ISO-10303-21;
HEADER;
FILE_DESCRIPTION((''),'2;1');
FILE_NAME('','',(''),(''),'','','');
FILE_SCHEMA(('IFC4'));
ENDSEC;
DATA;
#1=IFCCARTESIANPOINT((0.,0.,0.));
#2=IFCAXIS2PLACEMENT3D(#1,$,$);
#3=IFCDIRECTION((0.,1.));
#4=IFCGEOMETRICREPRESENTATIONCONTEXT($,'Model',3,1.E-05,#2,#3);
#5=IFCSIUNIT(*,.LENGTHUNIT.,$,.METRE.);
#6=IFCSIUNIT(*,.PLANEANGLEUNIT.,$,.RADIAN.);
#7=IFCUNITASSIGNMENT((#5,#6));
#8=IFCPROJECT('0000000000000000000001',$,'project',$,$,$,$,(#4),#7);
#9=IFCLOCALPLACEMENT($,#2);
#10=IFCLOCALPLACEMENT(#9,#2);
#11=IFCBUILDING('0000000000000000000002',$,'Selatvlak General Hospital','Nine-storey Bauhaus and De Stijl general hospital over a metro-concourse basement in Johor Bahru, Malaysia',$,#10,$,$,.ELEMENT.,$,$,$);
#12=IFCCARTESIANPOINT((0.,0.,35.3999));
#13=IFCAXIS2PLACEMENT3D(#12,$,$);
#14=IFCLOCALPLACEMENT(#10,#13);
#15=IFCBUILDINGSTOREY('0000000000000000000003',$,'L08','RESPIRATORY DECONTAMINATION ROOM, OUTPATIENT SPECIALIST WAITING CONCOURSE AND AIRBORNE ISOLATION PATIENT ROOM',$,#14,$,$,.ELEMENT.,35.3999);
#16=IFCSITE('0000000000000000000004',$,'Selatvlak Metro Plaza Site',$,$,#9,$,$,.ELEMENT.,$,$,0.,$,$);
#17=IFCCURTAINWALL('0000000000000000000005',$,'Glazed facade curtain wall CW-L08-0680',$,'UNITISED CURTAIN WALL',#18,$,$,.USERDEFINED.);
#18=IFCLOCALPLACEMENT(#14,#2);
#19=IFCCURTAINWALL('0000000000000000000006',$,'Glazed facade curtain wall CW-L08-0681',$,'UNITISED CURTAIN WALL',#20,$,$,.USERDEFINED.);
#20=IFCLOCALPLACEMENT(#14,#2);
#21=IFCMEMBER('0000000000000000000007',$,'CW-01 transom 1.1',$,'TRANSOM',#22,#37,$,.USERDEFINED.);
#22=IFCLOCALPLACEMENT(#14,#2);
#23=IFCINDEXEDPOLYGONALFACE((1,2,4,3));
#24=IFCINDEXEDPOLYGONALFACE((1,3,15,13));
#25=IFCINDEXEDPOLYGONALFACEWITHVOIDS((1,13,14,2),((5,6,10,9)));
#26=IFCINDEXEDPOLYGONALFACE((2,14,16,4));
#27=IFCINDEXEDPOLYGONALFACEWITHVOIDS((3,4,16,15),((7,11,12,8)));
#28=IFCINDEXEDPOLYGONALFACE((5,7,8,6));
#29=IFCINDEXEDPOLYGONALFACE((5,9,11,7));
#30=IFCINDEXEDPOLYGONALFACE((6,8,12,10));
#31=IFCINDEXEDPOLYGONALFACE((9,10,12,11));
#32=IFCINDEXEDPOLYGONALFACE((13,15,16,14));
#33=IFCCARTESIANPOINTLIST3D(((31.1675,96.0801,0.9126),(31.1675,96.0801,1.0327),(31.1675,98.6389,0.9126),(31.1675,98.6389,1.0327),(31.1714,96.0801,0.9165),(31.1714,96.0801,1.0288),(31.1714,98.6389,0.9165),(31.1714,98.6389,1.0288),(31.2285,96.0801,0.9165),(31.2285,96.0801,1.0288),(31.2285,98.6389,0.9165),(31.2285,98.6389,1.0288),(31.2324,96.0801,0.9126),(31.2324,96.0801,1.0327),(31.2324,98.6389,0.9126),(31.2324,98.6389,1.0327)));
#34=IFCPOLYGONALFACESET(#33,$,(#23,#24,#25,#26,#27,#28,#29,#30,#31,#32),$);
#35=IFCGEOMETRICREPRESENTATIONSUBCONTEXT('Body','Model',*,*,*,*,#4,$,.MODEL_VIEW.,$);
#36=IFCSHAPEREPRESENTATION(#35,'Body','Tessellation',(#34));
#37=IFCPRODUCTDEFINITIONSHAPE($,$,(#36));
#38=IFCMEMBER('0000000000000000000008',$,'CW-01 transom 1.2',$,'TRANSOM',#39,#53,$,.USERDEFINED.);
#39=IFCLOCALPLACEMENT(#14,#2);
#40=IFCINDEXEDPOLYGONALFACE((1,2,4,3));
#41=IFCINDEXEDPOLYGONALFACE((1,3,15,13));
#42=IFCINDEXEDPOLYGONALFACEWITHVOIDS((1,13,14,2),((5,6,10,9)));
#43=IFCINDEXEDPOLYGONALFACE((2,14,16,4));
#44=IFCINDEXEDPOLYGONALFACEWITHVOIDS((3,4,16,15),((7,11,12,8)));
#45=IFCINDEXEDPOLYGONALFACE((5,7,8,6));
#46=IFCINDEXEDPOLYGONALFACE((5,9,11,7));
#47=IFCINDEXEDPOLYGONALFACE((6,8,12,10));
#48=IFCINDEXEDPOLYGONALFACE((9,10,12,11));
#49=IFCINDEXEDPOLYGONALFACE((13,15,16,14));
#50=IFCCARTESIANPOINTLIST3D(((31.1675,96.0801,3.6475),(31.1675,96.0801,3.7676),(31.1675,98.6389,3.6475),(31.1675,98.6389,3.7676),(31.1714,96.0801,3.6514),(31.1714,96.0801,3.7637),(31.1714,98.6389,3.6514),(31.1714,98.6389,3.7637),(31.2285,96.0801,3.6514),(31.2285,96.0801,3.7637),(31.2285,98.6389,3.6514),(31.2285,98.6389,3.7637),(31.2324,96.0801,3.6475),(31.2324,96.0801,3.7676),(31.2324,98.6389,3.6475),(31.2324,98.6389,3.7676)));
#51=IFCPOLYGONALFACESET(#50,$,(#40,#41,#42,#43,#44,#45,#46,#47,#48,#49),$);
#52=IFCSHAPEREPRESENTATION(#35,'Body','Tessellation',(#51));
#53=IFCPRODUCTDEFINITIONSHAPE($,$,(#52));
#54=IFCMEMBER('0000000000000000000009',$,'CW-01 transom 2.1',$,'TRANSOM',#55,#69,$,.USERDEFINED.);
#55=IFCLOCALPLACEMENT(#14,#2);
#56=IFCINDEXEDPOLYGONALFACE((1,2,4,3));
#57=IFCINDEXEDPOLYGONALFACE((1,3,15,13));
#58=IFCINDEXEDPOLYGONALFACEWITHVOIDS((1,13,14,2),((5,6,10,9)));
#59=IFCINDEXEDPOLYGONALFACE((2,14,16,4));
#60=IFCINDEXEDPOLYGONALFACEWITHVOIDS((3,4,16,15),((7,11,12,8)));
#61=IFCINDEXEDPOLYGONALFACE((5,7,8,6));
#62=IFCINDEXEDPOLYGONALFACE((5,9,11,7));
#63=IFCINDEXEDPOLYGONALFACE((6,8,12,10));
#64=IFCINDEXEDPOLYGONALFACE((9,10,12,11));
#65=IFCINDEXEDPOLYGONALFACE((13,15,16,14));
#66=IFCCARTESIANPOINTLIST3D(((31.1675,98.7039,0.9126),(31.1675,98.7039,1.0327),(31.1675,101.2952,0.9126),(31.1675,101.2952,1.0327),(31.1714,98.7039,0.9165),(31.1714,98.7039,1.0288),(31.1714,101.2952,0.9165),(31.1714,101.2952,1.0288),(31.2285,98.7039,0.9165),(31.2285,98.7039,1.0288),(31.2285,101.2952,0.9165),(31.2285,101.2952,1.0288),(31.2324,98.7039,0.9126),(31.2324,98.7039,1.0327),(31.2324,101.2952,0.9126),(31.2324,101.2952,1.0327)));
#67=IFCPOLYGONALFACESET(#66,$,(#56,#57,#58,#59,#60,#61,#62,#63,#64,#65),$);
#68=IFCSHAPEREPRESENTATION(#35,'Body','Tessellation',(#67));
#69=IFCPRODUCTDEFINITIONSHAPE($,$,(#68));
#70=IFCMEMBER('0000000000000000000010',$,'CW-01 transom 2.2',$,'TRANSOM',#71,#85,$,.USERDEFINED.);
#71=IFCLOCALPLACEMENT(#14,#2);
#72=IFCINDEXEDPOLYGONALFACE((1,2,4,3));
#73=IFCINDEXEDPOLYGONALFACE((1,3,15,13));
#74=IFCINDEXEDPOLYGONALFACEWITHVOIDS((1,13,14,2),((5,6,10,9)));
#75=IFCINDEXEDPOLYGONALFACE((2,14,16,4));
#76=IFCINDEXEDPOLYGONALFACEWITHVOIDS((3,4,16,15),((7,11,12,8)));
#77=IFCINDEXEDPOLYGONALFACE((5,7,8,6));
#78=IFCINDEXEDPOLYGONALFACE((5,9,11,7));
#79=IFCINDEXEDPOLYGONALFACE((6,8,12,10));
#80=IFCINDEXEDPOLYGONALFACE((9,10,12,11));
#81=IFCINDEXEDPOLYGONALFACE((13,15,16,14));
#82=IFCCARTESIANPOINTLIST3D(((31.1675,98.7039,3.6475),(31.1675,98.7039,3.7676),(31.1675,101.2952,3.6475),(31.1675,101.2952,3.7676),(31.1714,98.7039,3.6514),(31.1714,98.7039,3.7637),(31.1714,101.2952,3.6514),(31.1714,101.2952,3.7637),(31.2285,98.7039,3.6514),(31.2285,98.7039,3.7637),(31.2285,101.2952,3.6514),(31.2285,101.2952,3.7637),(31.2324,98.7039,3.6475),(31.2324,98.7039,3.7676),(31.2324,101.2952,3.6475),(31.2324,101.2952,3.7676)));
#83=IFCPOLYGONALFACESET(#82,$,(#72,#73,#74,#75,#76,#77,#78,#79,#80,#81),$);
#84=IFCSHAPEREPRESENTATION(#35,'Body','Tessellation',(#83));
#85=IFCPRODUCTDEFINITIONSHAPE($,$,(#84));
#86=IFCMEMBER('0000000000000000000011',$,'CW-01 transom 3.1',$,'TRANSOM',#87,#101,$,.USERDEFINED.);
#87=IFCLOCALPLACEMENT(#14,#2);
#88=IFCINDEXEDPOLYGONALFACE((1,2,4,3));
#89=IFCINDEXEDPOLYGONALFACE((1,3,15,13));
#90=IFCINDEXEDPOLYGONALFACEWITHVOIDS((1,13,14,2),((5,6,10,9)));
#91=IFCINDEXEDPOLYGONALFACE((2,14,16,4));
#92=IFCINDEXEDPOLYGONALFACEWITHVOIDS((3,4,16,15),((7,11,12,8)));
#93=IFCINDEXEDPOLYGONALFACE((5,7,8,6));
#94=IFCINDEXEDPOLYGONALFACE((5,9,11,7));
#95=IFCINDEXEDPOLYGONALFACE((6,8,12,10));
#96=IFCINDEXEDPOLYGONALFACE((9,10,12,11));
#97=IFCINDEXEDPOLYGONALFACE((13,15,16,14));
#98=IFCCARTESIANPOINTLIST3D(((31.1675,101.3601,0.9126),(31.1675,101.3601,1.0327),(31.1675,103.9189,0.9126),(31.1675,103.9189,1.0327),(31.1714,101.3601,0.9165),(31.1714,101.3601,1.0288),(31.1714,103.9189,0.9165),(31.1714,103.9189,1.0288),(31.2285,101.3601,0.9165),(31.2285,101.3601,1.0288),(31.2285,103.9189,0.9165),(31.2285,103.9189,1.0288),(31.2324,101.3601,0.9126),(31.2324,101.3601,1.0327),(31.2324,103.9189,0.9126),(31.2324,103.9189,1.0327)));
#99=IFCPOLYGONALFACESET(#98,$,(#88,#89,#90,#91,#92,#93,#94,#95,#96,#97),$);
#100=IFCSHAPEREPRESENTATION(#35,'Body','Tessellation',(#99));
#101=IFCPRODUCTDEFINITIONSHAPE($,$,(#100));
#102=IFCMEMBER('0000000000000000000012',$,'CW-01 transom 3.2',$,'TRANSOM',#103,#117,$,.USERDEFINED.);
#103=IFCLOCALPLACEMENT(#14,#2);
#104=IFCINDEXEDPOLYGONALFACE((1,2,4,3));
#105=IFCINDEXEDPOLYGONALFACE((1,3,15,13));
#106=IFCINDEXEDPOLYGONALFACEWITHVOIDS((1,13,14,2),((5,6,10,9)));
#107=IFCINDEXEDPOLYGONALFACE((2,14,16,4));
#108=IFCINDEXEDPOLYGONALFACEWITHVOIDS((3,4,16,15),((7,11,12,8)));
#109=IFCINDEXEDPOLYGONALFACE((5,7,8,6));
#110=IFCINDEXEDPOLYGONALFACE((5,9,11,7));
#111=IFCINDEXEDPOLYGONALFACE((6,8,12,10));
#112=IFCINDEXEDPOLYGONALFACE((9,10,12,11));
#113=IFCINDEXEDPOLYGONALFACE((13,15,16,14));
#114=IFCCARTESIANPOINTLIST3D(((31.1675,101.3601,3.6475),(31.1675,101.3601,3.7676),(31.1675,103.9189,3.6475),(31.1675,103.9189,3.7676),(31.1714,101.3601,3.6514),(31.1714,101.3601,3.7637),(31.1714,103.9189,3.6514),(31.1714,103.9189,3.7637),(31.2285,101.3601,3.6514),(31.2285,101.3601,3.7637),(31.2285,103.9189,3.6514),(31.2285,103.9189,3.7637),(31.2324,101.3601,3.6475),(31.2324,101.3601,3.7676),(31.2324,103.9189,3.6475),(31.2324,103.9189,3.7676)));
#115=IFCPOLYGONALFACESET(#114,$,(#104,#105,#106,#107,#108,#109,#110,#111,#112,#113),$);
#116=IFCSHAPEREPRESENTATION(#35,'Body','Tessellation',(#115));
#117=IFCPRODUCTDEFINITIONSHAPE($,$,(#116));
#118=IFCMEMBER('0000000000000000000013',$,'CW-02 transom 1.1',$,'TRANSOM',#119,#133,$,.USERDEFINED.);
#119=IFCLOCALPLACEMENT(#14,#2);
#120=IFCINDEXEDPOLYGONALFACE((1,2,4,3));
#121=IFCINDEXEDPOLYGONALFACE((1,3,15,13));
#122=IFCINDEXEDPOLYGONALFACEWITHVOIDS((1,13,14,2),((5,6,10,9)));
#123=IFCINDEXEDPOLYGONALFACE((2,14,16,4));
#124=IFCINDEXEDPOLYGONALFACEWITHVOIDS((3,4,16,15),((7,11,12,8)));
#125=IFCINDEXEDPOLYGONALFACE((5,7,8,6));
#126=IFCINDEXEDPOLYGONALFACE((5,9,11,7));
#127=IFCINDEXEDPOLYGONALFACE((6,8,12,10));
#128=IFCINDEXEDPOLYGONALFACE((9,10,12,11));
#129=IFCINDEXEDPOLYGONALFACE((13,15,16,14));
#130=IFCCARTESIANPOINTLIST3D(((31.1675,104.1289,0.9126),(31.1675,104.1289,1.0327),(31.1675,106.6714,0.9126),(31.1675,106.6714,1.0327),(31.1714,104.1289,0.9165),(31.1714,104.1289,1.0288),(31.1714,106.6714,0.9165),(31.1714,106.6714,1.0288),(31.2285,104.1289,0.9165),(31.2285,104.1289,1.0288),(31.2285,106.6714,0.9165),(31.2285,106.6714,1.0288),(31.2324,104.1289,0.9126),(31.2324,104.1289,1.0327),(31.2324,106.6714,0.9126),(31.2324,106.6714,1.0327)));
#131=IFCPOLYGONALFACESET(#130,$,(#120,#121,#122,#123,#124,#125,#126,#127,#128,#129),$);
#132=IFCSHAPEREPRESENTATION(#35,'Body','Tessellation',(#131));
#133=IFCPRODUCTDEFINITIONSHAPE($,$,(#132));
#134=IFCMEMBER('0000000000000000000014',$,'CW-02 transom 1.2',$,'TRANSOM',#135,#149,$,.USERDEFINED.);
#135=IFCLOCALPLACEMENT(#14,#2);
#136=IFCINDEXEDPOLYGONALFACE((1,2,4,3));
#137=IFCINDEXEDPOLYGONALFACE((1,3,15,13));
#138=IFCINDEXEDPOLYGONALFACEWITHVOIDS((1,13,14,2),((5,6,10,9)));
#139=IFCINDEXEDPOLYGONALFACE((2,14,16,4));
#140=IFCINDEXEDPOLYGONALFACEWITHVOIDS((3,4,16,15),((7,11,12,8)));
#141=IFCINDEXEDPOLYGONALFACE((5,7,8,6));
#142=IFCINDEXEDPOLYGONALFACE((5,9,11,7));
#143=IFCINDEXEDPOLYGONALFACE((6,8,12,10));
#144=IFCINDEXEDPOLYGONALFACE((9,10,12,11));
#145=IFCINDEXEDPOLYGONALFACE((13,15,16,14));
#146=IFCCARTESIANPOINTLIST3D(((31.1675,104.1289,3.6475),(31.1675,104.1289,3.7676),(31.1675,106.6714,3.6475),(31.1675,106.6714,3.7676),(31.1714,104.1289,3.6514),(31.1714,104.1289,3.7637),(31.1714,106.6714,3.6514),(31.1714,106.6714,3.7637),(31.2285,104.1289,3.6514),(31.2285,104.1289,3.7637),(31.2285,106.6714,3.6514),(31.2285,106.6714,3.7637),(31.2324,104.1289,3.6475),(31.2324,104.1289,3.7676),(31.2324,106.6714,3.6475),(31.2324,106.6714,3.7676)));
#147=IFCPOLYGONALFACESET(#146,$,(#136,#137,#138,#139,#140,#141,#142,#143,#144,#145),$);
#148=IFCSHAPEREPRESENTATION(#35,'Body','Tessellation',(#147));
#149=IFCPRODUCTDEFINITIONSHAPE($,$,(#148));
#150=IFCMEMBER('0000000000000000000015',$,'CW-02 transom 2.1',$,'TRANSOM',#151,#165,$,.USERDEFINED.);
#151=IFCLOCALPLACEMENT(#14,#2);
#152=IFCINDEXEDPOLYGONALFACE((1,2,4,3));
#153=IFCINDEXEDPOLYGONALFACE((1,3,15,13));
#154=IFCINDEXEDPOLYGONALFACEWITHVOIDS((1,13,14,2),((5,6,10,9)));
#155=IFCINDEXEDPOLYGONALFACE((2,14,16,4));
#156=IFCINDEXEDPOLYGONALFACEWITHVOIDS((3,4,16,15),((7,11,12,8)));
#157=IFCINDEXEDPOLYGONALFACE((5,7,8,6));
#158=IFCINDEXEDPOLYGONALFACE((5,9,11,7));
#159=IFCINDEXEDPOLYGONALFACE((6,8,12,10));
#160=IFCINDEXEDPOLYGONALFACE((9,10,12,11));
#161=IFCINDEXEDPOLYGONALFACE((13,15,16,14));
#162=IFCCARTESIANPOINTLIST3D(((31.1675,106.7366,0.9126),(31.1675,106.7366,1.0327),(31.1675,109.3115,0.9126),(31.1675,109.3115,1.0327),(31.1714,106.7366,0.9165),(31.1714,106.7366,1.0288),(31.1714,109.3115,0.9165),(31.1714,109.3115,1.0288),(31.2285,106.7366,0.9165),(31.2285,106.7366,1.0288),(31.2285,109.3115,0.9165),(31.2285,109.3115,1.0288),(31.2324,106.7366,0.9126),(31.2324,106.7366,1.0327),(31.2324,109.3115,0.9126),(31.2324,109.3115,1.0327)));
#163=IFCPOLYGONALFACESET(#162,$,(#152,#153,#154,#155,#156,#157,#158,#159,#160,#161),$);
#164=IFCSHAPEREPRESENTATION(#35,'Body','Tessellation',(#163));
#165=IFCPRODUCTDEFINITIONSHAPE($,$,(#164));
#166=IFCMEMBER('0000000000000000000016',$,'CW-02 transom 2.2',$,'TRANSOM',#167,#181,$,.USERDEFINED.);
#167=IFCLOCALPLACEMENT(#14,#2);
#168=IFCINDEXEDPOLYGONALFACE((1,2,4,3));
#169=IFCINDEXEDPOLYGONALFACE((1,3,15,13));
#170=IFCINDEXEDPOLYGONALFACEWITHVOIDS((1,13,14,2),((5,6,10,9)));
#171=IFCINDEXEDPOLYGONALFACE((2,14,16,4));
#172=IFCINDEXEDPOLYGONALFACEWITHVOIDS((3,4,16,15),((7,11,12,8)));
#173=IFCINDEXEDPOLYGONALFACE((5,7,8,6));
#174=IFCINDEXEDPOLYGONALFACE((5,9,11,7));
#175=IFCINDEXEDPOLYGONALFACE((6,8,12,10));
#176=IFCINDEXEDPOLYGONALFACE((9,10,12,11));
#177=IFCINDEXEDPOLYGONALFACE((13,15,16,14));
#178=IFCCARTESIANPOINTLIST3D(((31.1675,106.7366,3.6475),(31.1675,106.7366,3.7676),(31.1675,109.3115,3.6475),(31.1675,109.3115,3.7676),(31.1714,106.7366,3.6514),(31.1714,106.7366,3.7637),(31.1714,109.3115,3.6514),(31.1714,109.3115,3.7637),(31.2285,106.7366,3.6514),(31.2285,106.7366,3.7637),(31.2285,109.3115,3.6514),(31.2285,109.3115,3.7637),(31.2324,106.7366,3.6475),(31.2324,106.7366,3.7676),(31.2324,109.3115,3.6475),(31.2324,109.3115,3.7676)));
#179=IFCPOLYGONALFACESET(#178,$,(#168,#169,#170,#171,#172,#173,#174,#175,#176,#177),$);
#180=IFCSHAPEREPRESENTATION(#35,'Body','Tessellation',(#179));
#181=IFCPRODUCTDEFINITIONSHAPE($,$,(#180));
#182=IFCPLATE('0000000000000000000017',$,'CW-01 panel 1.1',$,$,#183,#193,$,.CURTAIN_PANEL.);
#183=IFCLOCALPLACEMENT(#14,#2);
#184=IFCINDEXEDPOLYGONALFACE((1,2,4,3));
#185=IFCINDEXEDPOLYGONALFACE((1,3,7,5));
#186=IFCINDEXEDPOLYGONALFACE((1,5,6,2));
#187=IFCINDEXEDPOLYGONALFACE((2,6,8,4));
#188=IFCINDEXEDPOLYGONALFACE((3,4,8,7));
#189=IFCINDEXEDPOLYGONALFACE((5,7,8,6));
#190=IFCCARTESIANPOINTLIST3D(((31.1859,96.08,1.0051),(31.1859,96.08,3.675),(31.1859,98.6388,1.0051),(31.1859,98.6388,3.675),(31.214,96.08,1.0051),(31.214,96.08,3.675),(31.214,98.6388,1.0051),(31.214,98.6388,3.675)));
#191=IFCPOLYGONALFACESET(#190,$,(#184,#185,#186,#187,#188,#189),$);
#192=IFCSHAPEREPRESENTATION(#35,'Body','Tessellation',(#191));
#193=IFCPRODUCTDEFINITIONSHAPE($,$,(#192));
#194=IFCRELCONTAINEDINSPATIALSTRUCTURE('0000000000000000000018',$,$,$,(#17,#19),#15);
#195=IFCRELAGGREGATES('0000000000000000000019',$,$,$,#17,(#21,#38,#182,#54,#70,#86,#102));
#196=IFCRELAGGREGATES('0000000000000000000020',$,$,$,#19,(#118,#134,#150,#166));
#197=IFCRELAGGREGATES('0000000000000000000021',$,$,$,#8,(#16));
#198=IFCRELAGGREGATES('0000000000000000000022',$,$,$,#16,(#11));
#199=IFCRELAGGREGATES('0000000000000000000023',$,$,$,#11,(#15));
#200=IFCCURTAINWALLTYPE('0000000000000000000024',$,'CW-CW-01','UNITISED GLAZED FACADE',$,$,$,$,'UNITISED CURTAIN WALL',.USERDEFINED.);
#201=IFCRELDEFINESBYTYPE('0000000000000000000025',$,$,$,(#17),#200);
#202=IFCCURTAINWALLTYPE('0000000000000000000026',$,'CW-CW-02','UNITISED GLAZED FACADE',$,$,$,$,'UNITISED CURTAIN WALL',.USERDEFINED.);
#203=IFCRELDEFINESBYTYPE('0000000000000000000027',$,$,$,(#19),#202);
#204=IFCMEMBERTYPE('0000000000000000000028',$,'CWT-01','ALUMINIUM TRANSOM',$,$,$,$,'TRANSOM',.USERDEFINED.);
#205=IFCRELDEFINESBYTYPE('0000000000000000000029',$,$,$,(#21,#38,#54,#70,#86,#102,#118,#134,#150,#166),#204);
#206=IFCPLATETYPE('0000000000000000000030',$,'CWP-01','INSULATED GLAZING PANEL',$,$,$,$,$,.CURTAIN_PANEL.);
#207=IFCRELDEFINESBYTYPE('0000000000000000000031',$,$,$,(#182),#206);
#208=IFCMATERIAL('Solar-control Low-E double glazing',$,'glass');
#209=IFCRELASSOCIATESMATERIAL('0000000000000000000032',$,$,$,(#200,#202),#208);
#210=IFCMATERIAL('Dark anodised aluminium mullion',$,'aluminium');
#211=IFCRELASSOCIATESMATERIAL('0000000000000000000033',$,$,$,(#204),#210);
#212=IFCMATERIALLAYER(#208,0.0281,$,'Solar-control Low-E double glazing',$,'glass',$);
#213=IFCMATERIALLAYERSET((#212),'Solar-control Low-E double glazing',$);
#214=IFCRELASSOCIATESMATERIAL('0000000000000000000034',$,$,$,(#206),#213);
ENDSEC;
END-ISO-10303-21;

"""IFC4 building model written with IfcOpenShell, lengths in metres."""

from ifc_helpers import new_model, si_unit, direction, frame, origin, origin_2d, place, context, subcontext, project, spatial, rectangle, hollow_rectangle, extrude, material, layer, layer_set, material_profile, profile_set, type_object, element, aggregate, save


model = new_model("IFC4")

# Units and contexts
model_context = context("Model", 3, precision=1e-05, world=origin(), true_north=direction((0.0, 1.0)))
body_context = subcontext(model_context, "Body", "Model", "MODEL_VIEW")
ifc_project = project(units=[si_unit("LENGTHUNIT", "METRE"), si_unit("PLANEANGLEUNIT", "RADIAN")], contexts=[model_context])

# Site, building, storey
site_placement = place(None, origin())
site = spatial("IfcSite", under=ifc_project, at=site_placement, Name="Selatvlak Metro Plaza Site", CompositionType="ELEMENT", RefElevation=0.0)
building_placement = place(site_placement, origin())
building = spatial("IfcBuilding", under=site, at=building_placement, Name="Selatvlak General Hospital", Description="Nine-storey Bauhaus and De Stijl general hospital over a metro-concourse basement in Johor Bahru, Malaysia", CompositionType="ELEMENT")
storey_placement = place(building_placement, frame((0.0, 0.0, 35.3999)))
storey = spatial("IfcBuildingStorey", under=building, at=storey_placement, Name="L08", Description="RESPIRATORY DECONTAMINATION ROOM, OUTPATIENT SPECIALIST WAITING CONCOURSE AND AIRBORNE ISOLATION PATIENT ROOM", CompositionType="ELEMENT", Elevation=35.3999)

# Curtain walls
ifc_material_1 = material(Name="Solar-control Low-E double glazing", Category="glass")
curtain_wall_type_1 = type_object("IfcCurtainWallType", Name="CW-CW-01", Description="UNITISED GLAZED FACADE", ElementType="UNITISED CURTAIN WALL", PredefinedType="USERDEFINED", material=ifc_material_1)
curtain_wall_1_placement = place(storey_placement, origin())
curtain_wall_1 = element("IfcCurtainWall", 1, at=curtain_wall_1_placement, inside=storey, type_object=curtain_wall_type_1, Name="Glazed facade curtain wall CW-L08-0680", ObjectType="UNITISED CURTAIN WALL", PredefinedType="USERDEFINED")
ifc_material_2 = material(Name="Dark anodised aluminium mullion", Category="aluminium")
curtain_wall_type_2 = type_object("IfcCurtainWallType", Name="CW-CW-02", Description="UNITISED GLAZED FACADE", ElementType="UNITISED CURTAIN WALL", PredefinedType="USERDEFINED", material=ifc_material_1)
curtain_wall_2_placement = place(storey_placement, origin())
curtain_wall_2 = element("IfcCurtainWall", 2, at=curtain_wall_2_placement, inside=storey, type_object=curtain_wall_type_2, Name="Glazed facade curtain wall CW-L08-0681", ObjectType="UNITISED CURTAIN WALL", PredefinedType="USERDEFINED")

# Members
ifc_material_profile_1 = material_profile(ifc_material_2, hollow_rectangle(XDim=0.0649, YDim=0.1201, WallThickness=0.0039, at=origin_2d()), Name="AL-TRN 65x120x4")
ifc_profile_set_1 = profile_set([ifc_material_profile_1], Name="Dark anodised aluminium mullion")
member_type_1 = type_object("IfcMemberType", Name="CWT-01", Description="ALUMINIUM TRANSOM", ElementType="TRANSOM", PredefinedType="USERDEFINED", material=ifc_profile_set_1)
member_1_placement = place(storey_placement, frame((31.2, 96.0801, 0.9727), z_axis=(0.0, 1.0, 0.0), x_axis=(-1.0, 0.0, 0.0)))
member_1 = element("IfcMember", 3, at=member_1_placement, type_object=member_type_1, Name="CW-01 transom 1.1", ObjectType="TRANSOM", PredefinedType="USERDEFINED", context=body_context, shape_type="SweptSolid", body=[
    extrude(hollow_rectangle(XDim=0.0649, YDim=0.1201, WallThickness=0.0039, at=origin_2d()), origin(), (0.0, 0.0, 1.0), 2.5588),
])
member_2_placement = place(storey_placement, frame((31.2, 96.0801, 3.7075), z_axis=(0.0, 1.0, 0.0), x_axis=(-1.0, 0.0, 0.0)))
member_2 = element("IfcMember", 4, at=member_2_placement, type_object=member_type_1, Name="CW-01 transom 1.2", ObjectType="TRANSOM", PredefinedType="USERDEFINED", context=body_context, shape_type="SweptSolid", body=[
    extrude(hollow_rectangle(XDim=0.0649, YDim=0.1201, WallThickness=0.0039, at=origin_2d()), origin(), (0.0, 0.0, 1.0), 2.5588),
])
member_3_placement = place(storey_placement, frame((31.2, 98.7039, 0.9727), z_axis=(0.0, 1.0, 0.0), x_axis=(-1.0, 0.0, 0.0)))
member_3 = element("IfcMember", 5, at=member_3_placement, type_object=member_type_1, Name="CW-01 transom 2.1", ObjectType="TRANSOM", PredefinedType="USERDEFINED", context=body_context, shape_type="SweptSolid", body=[
    extrude(hollow_rectangle(XDim=0.0649, YDim=0.1201, WallThickness=0.0039, at=origin_2d()), origin(), (0.0, 0.0, 1.0), 2.5913),
])
member_4_placement = place(storey_placement, frame((31.2, 98.7039, 3.7075), z_axis=(0.0, 1.0, 0.0), x_axis=(-1.0, 0.0, 0.0)))
member_4 = element("IfcMember", 6, at=member_4_placement, type_object=member_type_1, Name="CW-01 transom 2.2", ObjectType="TRANSOM", PredefinedType="USERDEFINED", context=body_context, shape_type="SweptSolid", body=[
    extrude(hollow_rectangle(XDim=0.0649, YDim=0.1201, WallThickness=0.0039, at=origin_2d()), origin(), (0.0, 0.0, 1.0), 2.5913),
])
member_5_placement = place(storey_placement, frame((31.2, 101.3601, 0.9727), z_axis=(0.0, 1.0, 0.0), x_axis=(-1.0, 0.0, 0.0)))
member_5 = element("IfcMember", 7, at=member_5_placement, type_object=member_type_1, Name="CW-01 transom 3.1", ObjectType="TRANSOM", PredefinedType="USERDEFINED", context=body_context, shape_type="SweptSolid", body=[
    extrude(hollow_rectangle(XDim=0.0649, YDim=0.1201, WallThickness=0.0039, at=origin_2d()), origin(), (0.0, 0.0, 1.0), 2.5588),
])
member_6_placement = place(storey_placement, frame((31.2, 101.3601, 3.7075), z_axis=(0.0, 1.0, 0.0), x_axis=(-1.0, 0.0, 0.0)))
member_6 = element("IfcMember", 8, at=member_6_placement, type_object=member_type_1, Name="CW-01 transom 3.2", ObjectType="TRANSOM", PredefinedType="USERDEFINED", context=body_context, shape_type="SweptSolid", body=[
    extrude(hollow_rectangle(XDim=0.0649, YDim=0.1201, WallThickness=0.0039, at=origin_2d()), origin(), (0.0, 0.0, 1.0), 2.5588),
])
member_7_placement = place(storey_placement, frame((31.2, 104.1289, 0.9727), z_axis=(0.0, 1.0, 0.0), x_axis=(-1.0, 0.0, 0.0)))
member_7 = element("IfcMember", 9, at=member_7_placement, type_object=member_type_1, Name="CW-02 transom 1.1", ObjectType="TRANSOM", PredefinedType="USERDEFINED", context=body_context, shape_type="SweptSolid", body=[
    extrude(hollow_rectangle(XDim=0.0649, YDim=0.1201, WallThickness=0.0039, at=origin_2d()), origin(), (0.0, 0.0, 1.0), 2.5425),
])
member_8_placement = place(storey_placement, frame((31.2, 104.1289, 3.7075), z_axis=(0.0, 1.0, 0.0), x_axis=(-1.0, 0.0, 0.0)))
member_8 = element("IfcMember", 10, at=member_8_placement, type_object=member_type_1, Name="CW-02 transom 1.2", ObjectType="TRANSOM", PredefinedType="USERDEFINED", context=body_context, shape_type="SweptSolid", body=[
    extrude(hollow_rectangle(XDim=0.0649, YDim=0.1201, WallThickness=0.0039, at=origin_2d()), origin(), (0.0, 0.0, 1.0), 2.5425),
])
member_9_placement = place(storey_placement, frame((31.2, 106.7366, 0.9727), z_axis=(0.0, 1.0, 0.0), x_axis=(-1.0, 0.0, 0.0)))
member_9 = element("IfcMember", 11, at=member_9_placement, type_object=member_type_1, Name="CW-02 transom 2.1", ObjectType="TRANSOM", PredefinedType="USERDEFINED", context=body_context, shape_type="SweptSolid", body=[
    extrude(hollow_rectangle(XDim=0.0649, YDim=0.1201, WallThickness=0.0039, at=origin_2d()), origin(), (0.0, 0.0, 1.0), 2.575),
])
member_10_placement = place(storey_placement, frame((31.2, 106.7366, 3.7075), z_axis=(0.0, 1.0, 0.0), x_axis=(-1.0, 0.0, 0.0)))
member_10 = element("IfcMember", 12, at=member_10_placement, type_object=member_type_1, Name="CW-02 transom 2.2", ObjectType="TRANSOM", PredefinedType="USERDEFINED", context=body_context, shape_type="SweptSolid", body=[
    extrude(hollow_rectangle(XDim=0.0649, YDim=0.1201, WallThickness=0.0039, at=origin_2d()), origin(), (0.0, 0.0, 1.0), 2.575),
])

# Plate
ifc_layer_1 = layer(ifc_material_1, 0.0281, Name="Solar-control Low-E double glazing", Category="glass")
ifc_layer_set_1 = layer_set([ifc_layer_1], Name="Solar-control Low-E double glazing")
plate_type = type_object("IfcPlateType", Name="CWP-01", Description="INSULATED GLAZING PANEL", PredefinedType="CURTAIN_PANEL", material=ifc_layer_set_1)
plate_1_placement = place(storey_placement, frame((31.2, 97.3594, 1.0051), z_axis=(0.0, 0.0, 1.0), x_axis=(0.0, 1.0, 0.0)))
plate_1 = element("IfcPlate", 13, at=plate_1_placement, type_object=plate_type, Name="CW-01 panel 1.1", PredefinedType="CURTAIN_PANEL", context=body_context, shape_type="SweptSolid", body=[
    extrude(rectangle(XDim=2.5588, YDim=0.0281, at=origin_2d()), origin(), (0.0, 0.0, 1.0), 2.6699),
])
aggregate(curtain_wall_1, [member_1, member_2, plate_1, member_3, member_4, member_5, member_6])
aggregate(curtain_wall_2, [member_7, member_8, member_9, member_10])

save(model, "model.ifc")
